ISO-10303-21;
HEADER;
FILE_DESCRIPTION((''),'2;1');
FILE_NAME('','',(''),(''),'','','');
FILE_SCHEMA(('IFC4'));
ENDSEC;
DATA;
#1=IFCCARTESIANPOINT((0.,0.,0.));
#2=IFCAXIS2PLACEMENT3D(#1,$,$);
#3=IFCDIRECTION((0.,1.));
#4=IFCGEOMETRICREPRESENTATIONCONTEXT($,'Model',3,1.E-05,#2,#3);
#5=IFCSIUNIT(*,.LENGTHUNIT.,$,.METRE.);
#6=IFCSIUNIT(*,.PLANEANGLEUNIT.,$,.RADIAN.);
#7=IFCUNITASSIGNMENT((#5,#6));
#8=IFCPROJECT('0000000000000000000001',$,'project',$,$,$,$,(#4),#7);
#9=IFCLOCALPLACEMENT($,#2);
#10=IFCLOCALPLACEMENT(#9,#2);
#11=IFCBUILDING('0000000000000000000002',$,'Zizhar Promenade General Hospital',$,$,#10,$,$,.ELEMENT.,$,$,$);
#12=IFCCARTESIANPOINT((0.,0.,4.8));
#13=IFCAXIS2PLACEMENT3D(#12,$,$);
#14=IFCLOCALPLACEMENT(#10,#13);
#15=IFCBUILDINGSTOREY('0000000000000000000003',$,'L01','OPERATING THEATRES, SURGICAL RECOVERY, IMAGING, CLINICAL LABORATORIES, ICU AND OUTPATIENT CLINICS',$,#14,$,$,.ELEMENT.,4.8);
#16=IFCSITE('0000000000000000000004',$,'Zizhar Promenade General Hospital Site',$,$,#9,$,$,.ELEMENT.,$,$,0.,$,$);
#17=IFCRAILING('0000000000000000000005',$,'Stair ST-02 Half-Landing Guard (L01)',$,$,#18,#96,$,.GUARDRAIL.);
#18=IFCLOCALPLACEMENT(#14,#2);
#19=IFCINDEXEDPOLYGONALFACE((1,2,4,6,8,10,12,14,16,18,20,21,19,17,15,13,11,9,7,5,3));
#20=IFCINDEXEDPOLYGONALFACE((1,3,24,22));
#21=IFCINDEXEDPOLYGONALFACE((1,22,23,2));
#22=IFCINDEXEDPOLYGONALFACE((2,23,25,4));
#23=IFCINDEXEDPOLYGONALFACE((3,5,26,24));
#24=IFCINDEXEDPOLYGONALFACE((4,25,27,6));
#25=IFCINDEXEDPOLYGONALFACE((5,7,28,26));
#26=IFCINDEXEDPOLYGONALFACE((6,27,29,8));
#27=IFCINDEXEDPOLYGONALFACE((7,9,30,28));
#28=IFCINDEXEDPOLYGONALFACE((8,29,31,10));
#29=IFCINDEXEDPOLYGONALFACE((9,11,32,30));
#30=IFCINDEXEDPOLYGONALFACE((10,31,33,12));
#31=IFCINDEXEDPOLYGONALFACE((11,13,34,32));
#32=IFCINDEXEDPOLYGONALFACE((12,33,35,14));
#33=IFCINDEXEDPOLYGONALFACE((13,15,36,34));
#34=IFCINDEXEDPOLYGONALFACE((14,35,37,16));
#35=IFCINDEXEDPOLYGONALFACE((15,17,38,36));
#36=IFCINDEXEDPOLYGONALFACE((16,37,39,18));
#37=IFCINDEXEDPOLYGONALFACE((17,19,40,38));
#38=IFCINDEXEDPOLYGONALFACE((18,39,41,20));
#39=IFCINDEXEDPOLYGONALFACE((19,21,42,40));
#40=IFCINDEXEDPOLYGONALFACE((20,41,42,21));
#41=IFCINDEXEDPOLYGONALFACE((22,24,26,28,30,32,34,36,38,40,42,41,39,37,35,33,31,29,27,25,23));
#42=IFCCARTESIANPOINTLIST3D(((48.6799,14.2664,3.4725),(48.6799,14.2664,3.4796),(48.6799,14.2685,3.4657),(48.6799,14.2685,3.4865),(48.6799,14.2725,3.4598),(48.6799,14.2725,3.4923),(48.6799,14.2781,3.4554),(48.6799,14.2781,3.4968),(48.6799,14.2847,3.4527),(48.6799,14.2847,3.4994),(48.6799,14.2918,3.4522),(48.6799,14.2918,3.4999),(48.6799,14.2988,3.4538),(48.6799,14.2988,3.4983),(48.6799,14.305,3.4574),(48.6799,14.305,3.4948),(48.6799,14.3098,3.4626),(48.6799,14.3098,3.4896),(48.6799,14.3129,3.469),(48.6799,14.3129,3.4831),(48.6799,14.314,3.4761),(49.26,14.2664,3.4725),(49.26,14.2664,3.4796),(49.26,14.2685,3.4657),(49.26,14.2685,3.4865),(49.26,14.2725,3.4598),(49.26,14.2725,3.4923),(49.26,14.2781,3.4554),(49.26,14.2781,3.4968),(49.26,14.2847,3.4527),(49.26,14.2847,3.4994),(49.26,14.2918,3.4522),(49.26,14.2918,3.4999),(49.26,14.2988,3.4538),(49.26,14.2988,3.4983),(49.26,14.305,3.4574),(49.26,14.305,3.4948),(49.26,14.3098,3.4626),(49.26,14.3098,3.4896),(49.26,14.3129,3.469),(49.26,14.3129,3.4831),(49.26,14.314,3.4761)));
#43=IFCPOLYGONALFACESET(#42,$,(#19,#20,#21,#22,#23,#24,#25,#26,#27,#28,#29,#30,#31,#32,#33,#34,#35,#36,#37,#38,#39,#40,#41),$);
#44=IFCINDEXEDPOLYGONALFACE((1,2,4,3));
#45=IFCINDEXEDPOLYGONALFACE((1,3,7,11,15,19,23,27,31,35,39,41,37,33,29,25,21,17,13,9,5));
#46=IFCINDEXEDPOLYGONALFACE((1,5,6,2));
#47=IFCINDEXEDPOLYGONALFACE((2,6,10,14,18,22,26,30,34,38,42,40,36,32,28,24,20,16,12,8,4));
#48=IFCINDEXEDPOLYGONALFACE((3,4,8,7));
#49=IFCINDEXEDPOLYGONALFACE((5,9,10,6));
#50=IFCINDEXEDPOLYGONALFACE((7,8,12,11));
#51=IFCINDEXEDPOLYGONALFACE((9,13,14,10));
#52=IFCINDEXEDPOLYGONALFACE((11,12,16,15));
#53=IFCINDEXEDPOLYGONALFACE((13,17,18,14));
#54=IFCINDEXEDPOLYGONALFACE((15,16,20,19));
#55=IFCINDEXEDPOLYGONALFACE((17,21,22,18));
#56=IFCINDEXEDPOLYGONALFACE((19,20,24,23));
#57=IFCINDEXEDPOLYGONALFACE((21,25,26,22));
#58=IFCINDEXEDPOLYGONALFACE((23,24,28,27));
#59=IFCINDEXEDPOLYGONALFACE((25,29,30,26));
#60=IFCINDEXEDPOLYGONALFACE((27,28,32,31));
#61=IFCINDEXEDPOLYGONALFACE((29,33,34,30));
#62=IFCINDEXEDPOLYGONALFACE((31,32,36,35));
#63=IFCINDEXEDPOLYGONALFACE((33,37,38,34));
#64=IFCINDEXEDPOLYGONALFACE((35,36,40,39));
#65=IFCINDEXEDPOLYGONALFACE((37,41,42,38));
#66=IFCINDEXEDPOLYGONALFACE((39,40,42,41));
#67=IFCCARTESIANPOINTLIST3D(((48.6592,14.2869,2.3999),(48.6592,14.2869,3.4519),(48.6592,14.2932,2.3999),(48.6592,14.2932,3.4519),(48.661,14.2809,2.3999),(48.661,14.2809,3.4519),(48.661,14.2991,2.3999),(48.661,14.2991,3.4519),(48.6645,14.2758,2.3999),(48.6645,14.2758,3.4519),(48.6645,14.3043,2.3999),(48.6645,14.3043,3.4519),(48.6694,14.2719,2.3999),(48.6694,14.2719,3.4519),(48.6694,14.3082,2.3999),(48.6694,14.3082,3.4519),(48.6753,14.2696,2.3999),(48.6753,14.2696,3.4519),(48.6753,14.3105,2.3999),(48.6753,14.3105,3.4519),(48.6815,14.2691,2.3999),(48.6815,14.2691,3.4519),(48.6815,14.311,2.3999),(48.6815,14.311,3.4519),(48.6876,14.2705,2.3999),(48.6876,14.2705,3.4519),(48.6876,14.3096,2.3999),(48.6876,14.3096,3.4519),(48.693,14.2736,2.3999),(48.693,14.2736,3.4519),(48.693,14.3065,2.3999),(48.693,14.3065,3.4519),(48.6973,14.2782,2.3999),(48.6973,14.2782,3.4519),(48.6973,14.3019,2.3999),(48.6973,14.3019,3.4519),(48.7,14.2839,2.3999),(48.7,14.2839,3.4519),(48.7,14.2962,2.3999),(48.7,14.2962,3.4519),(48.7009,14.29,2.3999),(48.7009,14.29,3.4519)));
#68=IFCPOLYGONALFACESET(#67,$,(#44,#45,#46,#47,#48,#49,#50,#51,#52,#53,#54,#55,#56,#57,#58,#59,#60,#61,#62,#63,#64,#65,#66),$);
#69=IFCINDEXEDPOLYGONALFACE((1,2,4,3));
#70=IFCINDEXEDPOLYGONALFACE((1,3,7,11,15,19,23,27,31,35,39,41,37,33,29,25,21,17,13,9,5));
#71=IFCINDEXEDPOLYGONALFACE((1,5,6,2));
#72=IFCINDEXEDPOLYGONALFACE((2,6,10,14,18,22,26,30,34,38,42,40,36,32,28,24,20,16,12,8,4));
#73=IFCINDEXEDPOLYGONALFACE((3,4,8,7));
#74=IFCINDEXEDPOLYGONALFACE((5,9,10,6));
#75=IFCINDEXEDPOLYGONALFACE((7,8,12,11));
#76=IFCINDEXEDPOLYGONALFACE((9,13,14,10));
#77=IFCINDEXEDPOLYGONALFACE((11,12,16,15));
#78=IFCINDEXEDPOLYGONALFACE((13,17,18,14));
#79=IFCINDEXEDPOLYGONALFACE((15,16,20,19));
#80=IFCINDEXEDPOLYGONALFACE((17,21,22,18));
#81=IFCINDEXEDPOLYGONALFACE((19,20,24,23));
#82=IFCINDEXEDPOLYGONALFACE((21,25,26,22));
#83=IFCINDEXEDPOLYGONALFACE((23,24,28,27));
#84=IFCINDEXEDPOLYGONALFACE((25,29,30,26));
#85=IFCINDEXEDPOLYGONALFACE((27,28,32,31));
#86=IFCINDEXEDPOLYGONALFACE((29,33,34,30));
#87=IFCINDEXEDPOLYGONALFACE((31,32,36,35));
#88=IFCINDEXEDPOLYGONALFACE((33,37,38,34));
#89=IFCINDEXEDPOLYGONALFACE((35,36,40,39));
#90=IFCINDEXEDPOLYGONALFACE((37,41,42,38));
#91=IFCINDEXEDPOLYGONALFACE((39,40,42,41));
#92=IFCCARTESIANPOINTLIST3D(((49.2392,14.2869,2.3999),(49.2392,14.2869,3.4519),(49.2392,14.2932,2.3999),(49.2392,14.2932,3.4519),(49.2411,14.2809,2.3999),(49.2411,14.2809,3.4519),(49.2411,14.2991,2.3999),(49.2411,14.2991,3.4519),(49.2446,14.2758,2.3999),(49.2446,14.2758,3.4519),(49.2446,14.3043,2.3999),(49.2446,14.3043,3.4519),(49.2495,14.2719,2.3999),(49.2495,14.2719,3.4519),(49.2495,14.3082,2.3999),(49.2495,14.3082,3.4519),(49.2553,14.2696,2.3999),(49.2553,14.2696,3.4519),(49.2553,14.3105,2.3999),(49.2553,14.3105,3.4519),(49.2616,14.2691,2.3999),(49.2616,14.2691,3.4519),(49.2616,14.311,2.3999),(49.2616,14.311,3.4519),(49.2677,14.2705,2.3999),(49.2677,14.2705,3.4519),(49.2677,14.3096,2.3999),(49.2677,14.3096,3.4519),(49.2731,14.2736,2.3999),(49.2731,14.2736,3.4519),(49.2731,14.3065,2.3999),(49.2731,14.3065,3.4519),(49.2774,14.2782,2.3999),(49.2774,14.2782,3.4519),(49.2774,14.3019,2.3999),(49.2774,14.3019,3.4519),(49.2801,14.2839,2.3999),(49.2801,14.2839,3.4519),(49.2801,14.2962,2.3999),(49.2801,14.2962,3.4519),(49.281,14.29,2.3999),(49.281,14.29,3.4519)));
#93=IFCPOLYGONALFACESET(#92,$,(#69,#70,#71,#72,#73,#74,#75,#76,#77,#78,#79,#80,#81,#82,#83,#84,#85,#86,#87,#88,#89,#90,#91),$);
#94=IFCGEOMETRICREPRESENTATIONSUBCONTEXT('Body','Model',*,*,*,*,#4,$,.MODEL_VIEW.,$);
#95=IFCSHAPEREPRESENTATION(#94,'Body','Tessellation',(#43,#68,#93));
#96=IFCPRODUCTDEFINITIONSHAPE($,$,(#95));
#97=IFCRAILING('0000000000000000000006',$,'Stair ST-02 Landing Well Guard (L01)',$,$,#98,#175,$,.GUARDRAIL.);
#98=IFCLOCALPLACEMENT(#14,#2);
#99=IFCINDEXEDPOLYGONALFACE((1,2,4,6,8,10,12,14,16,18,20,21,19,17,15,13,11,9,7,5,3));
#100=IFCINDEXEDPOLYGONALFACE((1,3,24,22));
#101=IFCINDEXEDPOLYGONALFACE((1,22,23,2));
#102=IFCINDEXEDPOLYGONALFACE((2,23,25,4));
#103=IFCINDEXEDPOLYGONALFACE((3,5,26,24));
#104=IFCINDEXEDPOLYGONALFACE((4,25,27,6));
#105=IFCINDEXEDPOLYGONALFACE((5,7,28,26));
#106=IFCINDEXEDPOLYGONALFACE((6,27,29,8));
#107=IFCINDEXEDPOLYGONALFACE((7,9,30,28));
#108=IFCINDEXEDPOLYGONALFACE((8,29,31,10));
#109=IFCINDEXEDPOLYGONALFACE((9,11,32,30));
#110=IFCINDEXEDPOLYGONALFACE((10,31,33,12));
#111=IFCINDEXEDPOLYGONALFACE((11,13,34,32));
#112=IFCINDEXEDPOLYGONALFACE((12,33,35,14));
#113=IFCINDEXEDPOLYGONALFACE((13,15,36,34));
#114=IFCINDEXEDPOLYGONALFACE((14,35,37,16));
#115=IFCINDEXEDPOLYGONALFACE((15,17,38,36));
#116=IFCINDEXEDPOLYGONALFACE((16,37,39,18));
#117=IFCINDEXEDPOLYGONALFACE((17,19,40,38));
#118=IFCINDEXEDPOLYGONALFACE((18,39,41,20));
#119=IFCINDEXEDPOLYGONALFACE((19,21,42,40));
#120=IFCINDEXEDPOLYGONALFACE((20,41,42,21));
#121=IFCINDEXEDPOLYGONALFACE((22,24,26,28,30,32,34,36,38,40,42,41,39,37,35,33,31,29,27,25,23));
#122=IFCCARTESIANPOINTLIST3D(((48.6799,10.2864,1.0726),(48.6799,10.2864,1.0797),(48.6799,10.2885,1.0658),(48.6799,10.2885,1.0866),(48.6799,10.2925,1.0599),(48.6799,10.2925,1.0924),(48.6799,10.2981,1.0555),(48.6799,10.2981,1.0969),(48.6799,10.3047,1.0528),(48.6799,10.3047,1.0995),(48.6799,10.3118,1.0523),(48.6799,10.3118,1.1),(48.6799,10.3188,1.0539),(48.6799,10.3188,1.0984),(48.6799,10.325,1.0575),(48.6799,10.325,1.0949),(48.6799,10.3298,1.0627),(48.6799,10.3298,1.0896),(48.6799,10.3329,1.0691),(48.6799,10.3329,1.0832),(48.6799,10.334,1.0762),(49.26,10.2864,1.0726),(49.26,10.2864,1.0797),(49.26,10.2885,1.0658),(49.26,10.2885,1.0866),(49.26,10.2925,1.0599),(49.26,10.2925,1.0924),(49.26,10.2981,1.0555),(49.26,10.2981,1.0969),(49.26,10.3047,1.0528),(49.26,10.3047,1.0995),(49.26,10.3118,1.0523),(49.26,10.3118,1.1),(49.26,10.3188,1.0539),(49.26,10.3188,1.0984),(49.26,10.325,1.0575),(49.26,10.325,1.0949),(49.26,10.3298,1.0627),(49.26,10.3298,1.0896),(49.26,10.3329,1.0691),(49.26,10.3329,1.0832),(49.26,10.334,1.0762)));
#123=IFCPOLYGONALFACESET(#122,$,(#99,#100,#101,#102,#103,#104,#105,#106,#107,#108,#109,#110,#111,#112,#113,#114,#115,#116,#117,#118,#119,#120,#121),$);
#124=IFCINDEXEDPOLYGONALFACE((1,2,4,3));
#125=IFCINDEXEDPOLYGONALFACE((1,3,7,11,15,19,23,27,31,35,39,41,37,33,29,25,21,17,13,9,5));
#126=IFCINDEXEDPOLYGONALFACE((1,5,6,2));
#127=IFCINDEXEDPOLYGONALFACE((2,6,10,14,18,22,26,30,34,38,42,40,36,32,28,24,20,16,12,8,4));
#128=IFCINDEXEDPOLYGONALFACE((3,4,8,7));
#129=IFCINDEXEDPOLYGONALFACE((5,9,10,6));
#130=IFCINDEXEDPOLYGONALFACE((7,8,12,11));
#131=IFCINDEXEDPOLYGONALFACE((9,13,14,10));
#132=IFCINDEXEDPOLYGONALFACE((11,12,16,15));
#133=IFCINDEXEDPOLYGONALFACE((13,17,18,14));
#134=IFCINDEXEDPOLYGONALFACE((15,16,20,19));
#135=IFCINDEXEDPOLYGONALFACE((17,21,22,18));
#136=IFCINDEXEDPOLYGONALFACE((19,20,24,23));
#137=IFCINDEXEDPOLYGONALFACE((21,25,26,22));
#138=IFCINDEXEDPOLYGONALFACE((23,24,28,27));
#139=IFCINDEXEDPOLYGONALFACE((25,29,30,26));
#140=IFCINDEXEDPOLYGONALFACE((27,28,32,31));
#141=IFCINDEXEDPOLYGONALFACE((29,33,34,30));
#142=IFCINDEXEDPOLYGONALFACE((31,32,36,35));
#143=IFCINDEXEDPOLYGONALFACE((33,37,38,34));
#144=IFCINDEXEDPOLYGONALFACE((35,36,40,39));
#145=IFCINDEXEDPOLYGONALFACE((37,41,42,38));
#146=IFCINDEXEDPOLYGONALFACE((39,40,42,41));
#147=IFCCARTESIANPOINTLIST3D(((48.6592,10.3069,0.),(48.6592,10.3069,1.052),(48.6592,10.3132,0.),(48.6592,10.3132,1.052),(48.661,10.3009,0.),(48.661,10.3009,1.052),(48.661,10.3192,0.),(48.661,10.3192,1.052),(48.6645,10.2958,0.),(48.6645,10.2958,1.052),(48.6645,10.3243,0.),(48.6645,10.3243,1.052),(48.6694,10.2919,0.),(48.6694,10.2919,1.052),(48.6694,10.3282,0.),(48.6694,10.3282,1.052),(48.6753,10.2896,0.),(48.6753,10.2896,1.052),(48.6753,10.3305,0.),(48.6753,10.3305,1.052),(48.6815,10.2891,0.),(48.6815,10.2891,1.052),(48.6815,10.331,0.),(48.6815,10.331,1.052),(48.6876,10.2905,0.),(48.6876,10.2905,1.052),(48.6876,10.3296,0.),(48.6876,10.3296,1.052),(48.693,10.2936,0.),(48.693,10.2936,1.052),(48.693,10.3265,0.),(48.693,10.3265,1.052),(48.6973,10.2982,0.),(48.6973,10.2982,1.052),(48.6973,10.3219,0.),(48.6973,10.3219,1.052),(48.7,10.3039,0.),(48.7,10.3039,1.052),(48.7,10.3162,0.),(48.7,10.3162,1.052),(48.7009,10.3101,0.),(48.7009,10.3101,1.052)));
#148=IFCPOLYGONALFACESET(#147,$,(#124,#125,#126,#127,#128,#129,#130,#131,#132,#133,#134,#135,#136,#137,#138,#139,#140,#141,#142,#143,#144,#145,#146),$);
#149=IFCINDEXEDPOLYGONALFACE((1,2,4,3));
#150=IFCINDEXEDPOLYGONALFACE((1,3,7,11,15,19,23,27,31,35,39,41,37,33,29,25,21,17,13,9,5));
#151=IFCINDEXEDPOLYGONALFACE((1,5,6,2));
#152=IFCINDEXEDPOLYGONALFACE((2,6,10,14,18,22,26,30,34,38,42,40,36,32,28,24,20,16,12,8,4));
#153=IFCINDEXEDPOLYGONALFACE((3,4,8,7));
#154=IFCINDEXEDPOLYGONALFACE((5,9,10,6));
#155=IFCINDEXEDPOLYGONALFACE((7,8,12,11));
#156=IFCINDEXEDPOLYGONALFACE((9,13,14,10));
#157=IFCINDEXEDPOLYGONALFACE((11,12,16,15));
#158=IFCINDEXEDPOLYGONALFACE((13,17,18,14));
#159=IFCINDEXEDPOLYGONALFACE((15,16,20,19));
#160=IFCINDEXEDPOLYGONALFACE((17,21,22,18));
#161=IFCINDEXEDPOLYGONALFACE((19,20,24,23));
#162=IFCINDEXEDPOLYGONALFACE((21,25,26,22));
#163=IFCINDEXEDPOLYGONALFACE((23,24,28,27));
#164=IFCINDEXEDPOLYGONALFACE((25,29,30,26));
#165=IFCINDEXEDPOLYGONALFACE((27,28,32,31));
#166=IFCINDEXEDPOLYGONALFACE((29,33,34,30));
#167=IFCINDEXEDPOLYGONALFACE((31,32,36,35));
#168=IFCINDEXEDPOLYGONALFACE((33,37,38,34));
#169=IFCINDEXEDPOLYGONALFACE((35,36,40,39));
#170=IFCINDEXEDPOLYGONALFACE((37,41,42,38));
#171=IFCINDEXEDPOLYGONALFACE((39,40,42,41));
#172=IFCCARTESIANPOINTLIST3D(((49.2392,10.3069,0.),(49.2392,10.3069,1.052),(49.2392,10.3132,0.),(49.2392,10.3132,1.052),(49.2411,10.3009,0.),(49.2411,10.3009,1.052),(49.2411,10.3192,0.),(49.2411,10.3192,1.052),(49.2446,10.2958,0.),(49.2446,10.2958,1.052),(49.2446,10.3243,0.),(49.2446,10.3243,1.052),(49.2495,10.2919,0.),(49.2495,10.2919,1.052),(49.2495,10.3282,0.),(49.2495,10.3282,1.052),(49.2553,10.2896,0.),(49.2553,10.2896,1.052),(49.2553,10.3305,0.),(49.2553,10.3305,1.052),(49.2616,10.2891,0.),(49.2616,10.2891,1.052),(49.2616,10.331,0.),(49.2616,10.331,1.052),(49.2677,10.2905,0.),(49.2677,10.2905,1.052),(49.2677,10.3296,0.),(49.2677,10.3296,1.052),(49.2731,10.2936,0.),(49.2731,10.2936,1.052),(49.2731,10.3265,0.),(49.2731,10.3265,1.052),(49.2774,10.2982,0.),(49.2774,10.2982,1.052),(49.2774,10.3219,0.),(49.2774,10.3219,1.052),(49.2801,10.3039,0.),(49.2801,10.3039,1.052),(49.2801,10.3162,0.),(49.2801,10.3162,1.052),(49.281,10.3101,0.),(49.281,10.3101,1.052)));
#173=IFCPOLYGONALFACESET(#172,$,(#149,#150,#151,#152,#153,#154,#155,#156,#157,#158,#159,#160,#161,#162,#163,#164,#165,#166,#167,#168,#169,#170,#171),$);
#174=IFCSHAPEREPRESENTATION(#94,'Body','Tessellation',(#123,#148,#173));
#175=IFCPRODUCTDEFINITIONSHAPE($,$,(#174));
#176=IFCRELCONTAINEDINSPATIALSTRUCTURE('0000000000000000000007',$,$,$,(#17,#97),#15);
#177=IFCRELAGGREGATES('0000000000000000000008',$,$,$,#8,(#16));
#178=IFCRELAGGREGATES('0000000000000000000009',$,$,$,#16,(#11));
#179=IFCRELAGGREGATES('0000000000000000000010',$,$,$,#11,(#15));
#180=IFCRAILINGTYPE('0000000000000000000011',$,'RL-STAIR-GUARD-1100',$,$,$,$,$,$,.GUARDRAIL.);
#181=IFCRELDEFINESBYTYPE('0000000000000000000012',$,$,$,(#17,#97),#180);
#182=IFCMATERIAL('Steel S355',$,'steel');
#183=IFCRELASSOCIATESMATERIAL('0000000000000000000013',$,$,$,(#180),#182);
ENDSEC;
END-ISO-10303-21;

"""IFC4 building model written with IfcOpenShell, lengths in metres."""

from ifc_helpers import new_model, si_unit, direction, frame, origin, origin_2d, place, context, subcontext, project, spatial, circle, hollow_circle, extrude, material, material_profile, profile_set, type_object, element, save


model = new_model("IFC4")

# Units and contexts
model_context = context("Model", 3, precision=1e-05, world=origin(), true_north=direction((0.0, 1.0)))
body_context = subcontext(model_context, "Body", "Model", "MODEL_VIEW")
ifc_project = project(units=[si_unit("LENGTHUNIT", "METRE"), si_unit("PLANEANGLEUNIT", "RADIAN")], contexts=[model_context])

# Site, building, storey
site_placement = place(None, origin())
site = spatial("IfcSite", under=ifc_project, at=site_placement, Name="Zizhar Promenade General Hospital Site", CompositionType="ELEMENT", RefElevation=0.0)
building_placement = place(site_placement, origin())
building = spatial("IfcBuilding", under=site, at=building_placement, Name="Zizhar Promenade General Hospital", CompositionType="ELEMENT")
storey_placement = place(building_placement, frame((0.0, 0.0, 4.8)))
storey = spatial("IfcBuildingStorey", under=building, at=storey_placement, Name="L01", Description="OPERATING THEATRES, SURGICAL RECOVERY, IMAGING, CLINICAL LABORATORIES, ICU AND OUTPATIENT CLINICS", CompositionType="ELEMENT", Elevation=4.8)

# Railings
ifc_material_1 = material(Name="Steel S355", Category="steel")
ifc_material_profile_1 = material_profile(ifc_material_1, hollow_circle(Radius=0.0698, WallThickness=0.0063, at=origin_2d()))
ifc_profile_set_1 = profile_set([ifc_material_profile_1], Name="Steel S355")
railing_type_1 = type_object("IfcRailingType", Name="RL-STAIR-GUARD-1100", PredefinedType="GUARDRAIL", material=ifc_profile_set_1)
for number, where, name in (
    (1, (48.6799, 14.29, 2.3999), "Stair ST-02 Half-Landing Guard (L01)"),
    (2, (48.6799, 10.3101, 0.0), "Stair ST-02 Landing Well Guard (L01)"),
):
    element("IfcRailing", number, at=place(storey_placement, frame(where)), inside=storey, type_object=railing_type_1, Name=name, PredefinedType="GUARDRAIL", context=body_context, shape_type="SweptSolid", body=[
        extrude(circle(Radius=0.0239, at=origin_2d()), frame((0.0, 0.0, 1.0762), z_axis=(1.0, 0.0, 0.0), x_axis=(0.0, 1.0, 0.0)), (0.0, 0.0, 1.0), 0.5801),
        extrude(circle(Radius=0.021, at=origin_2d()), origin(), (0.0, 0.0, 1.0), 1.052),
        extrude(circle(Radius=0.021, at=origin_2d()), frame((0.5801, 0.0, 0.0)), (0.0, 0.0, 1.0), 1.052),
    ])

save(model, "model.ifc")
